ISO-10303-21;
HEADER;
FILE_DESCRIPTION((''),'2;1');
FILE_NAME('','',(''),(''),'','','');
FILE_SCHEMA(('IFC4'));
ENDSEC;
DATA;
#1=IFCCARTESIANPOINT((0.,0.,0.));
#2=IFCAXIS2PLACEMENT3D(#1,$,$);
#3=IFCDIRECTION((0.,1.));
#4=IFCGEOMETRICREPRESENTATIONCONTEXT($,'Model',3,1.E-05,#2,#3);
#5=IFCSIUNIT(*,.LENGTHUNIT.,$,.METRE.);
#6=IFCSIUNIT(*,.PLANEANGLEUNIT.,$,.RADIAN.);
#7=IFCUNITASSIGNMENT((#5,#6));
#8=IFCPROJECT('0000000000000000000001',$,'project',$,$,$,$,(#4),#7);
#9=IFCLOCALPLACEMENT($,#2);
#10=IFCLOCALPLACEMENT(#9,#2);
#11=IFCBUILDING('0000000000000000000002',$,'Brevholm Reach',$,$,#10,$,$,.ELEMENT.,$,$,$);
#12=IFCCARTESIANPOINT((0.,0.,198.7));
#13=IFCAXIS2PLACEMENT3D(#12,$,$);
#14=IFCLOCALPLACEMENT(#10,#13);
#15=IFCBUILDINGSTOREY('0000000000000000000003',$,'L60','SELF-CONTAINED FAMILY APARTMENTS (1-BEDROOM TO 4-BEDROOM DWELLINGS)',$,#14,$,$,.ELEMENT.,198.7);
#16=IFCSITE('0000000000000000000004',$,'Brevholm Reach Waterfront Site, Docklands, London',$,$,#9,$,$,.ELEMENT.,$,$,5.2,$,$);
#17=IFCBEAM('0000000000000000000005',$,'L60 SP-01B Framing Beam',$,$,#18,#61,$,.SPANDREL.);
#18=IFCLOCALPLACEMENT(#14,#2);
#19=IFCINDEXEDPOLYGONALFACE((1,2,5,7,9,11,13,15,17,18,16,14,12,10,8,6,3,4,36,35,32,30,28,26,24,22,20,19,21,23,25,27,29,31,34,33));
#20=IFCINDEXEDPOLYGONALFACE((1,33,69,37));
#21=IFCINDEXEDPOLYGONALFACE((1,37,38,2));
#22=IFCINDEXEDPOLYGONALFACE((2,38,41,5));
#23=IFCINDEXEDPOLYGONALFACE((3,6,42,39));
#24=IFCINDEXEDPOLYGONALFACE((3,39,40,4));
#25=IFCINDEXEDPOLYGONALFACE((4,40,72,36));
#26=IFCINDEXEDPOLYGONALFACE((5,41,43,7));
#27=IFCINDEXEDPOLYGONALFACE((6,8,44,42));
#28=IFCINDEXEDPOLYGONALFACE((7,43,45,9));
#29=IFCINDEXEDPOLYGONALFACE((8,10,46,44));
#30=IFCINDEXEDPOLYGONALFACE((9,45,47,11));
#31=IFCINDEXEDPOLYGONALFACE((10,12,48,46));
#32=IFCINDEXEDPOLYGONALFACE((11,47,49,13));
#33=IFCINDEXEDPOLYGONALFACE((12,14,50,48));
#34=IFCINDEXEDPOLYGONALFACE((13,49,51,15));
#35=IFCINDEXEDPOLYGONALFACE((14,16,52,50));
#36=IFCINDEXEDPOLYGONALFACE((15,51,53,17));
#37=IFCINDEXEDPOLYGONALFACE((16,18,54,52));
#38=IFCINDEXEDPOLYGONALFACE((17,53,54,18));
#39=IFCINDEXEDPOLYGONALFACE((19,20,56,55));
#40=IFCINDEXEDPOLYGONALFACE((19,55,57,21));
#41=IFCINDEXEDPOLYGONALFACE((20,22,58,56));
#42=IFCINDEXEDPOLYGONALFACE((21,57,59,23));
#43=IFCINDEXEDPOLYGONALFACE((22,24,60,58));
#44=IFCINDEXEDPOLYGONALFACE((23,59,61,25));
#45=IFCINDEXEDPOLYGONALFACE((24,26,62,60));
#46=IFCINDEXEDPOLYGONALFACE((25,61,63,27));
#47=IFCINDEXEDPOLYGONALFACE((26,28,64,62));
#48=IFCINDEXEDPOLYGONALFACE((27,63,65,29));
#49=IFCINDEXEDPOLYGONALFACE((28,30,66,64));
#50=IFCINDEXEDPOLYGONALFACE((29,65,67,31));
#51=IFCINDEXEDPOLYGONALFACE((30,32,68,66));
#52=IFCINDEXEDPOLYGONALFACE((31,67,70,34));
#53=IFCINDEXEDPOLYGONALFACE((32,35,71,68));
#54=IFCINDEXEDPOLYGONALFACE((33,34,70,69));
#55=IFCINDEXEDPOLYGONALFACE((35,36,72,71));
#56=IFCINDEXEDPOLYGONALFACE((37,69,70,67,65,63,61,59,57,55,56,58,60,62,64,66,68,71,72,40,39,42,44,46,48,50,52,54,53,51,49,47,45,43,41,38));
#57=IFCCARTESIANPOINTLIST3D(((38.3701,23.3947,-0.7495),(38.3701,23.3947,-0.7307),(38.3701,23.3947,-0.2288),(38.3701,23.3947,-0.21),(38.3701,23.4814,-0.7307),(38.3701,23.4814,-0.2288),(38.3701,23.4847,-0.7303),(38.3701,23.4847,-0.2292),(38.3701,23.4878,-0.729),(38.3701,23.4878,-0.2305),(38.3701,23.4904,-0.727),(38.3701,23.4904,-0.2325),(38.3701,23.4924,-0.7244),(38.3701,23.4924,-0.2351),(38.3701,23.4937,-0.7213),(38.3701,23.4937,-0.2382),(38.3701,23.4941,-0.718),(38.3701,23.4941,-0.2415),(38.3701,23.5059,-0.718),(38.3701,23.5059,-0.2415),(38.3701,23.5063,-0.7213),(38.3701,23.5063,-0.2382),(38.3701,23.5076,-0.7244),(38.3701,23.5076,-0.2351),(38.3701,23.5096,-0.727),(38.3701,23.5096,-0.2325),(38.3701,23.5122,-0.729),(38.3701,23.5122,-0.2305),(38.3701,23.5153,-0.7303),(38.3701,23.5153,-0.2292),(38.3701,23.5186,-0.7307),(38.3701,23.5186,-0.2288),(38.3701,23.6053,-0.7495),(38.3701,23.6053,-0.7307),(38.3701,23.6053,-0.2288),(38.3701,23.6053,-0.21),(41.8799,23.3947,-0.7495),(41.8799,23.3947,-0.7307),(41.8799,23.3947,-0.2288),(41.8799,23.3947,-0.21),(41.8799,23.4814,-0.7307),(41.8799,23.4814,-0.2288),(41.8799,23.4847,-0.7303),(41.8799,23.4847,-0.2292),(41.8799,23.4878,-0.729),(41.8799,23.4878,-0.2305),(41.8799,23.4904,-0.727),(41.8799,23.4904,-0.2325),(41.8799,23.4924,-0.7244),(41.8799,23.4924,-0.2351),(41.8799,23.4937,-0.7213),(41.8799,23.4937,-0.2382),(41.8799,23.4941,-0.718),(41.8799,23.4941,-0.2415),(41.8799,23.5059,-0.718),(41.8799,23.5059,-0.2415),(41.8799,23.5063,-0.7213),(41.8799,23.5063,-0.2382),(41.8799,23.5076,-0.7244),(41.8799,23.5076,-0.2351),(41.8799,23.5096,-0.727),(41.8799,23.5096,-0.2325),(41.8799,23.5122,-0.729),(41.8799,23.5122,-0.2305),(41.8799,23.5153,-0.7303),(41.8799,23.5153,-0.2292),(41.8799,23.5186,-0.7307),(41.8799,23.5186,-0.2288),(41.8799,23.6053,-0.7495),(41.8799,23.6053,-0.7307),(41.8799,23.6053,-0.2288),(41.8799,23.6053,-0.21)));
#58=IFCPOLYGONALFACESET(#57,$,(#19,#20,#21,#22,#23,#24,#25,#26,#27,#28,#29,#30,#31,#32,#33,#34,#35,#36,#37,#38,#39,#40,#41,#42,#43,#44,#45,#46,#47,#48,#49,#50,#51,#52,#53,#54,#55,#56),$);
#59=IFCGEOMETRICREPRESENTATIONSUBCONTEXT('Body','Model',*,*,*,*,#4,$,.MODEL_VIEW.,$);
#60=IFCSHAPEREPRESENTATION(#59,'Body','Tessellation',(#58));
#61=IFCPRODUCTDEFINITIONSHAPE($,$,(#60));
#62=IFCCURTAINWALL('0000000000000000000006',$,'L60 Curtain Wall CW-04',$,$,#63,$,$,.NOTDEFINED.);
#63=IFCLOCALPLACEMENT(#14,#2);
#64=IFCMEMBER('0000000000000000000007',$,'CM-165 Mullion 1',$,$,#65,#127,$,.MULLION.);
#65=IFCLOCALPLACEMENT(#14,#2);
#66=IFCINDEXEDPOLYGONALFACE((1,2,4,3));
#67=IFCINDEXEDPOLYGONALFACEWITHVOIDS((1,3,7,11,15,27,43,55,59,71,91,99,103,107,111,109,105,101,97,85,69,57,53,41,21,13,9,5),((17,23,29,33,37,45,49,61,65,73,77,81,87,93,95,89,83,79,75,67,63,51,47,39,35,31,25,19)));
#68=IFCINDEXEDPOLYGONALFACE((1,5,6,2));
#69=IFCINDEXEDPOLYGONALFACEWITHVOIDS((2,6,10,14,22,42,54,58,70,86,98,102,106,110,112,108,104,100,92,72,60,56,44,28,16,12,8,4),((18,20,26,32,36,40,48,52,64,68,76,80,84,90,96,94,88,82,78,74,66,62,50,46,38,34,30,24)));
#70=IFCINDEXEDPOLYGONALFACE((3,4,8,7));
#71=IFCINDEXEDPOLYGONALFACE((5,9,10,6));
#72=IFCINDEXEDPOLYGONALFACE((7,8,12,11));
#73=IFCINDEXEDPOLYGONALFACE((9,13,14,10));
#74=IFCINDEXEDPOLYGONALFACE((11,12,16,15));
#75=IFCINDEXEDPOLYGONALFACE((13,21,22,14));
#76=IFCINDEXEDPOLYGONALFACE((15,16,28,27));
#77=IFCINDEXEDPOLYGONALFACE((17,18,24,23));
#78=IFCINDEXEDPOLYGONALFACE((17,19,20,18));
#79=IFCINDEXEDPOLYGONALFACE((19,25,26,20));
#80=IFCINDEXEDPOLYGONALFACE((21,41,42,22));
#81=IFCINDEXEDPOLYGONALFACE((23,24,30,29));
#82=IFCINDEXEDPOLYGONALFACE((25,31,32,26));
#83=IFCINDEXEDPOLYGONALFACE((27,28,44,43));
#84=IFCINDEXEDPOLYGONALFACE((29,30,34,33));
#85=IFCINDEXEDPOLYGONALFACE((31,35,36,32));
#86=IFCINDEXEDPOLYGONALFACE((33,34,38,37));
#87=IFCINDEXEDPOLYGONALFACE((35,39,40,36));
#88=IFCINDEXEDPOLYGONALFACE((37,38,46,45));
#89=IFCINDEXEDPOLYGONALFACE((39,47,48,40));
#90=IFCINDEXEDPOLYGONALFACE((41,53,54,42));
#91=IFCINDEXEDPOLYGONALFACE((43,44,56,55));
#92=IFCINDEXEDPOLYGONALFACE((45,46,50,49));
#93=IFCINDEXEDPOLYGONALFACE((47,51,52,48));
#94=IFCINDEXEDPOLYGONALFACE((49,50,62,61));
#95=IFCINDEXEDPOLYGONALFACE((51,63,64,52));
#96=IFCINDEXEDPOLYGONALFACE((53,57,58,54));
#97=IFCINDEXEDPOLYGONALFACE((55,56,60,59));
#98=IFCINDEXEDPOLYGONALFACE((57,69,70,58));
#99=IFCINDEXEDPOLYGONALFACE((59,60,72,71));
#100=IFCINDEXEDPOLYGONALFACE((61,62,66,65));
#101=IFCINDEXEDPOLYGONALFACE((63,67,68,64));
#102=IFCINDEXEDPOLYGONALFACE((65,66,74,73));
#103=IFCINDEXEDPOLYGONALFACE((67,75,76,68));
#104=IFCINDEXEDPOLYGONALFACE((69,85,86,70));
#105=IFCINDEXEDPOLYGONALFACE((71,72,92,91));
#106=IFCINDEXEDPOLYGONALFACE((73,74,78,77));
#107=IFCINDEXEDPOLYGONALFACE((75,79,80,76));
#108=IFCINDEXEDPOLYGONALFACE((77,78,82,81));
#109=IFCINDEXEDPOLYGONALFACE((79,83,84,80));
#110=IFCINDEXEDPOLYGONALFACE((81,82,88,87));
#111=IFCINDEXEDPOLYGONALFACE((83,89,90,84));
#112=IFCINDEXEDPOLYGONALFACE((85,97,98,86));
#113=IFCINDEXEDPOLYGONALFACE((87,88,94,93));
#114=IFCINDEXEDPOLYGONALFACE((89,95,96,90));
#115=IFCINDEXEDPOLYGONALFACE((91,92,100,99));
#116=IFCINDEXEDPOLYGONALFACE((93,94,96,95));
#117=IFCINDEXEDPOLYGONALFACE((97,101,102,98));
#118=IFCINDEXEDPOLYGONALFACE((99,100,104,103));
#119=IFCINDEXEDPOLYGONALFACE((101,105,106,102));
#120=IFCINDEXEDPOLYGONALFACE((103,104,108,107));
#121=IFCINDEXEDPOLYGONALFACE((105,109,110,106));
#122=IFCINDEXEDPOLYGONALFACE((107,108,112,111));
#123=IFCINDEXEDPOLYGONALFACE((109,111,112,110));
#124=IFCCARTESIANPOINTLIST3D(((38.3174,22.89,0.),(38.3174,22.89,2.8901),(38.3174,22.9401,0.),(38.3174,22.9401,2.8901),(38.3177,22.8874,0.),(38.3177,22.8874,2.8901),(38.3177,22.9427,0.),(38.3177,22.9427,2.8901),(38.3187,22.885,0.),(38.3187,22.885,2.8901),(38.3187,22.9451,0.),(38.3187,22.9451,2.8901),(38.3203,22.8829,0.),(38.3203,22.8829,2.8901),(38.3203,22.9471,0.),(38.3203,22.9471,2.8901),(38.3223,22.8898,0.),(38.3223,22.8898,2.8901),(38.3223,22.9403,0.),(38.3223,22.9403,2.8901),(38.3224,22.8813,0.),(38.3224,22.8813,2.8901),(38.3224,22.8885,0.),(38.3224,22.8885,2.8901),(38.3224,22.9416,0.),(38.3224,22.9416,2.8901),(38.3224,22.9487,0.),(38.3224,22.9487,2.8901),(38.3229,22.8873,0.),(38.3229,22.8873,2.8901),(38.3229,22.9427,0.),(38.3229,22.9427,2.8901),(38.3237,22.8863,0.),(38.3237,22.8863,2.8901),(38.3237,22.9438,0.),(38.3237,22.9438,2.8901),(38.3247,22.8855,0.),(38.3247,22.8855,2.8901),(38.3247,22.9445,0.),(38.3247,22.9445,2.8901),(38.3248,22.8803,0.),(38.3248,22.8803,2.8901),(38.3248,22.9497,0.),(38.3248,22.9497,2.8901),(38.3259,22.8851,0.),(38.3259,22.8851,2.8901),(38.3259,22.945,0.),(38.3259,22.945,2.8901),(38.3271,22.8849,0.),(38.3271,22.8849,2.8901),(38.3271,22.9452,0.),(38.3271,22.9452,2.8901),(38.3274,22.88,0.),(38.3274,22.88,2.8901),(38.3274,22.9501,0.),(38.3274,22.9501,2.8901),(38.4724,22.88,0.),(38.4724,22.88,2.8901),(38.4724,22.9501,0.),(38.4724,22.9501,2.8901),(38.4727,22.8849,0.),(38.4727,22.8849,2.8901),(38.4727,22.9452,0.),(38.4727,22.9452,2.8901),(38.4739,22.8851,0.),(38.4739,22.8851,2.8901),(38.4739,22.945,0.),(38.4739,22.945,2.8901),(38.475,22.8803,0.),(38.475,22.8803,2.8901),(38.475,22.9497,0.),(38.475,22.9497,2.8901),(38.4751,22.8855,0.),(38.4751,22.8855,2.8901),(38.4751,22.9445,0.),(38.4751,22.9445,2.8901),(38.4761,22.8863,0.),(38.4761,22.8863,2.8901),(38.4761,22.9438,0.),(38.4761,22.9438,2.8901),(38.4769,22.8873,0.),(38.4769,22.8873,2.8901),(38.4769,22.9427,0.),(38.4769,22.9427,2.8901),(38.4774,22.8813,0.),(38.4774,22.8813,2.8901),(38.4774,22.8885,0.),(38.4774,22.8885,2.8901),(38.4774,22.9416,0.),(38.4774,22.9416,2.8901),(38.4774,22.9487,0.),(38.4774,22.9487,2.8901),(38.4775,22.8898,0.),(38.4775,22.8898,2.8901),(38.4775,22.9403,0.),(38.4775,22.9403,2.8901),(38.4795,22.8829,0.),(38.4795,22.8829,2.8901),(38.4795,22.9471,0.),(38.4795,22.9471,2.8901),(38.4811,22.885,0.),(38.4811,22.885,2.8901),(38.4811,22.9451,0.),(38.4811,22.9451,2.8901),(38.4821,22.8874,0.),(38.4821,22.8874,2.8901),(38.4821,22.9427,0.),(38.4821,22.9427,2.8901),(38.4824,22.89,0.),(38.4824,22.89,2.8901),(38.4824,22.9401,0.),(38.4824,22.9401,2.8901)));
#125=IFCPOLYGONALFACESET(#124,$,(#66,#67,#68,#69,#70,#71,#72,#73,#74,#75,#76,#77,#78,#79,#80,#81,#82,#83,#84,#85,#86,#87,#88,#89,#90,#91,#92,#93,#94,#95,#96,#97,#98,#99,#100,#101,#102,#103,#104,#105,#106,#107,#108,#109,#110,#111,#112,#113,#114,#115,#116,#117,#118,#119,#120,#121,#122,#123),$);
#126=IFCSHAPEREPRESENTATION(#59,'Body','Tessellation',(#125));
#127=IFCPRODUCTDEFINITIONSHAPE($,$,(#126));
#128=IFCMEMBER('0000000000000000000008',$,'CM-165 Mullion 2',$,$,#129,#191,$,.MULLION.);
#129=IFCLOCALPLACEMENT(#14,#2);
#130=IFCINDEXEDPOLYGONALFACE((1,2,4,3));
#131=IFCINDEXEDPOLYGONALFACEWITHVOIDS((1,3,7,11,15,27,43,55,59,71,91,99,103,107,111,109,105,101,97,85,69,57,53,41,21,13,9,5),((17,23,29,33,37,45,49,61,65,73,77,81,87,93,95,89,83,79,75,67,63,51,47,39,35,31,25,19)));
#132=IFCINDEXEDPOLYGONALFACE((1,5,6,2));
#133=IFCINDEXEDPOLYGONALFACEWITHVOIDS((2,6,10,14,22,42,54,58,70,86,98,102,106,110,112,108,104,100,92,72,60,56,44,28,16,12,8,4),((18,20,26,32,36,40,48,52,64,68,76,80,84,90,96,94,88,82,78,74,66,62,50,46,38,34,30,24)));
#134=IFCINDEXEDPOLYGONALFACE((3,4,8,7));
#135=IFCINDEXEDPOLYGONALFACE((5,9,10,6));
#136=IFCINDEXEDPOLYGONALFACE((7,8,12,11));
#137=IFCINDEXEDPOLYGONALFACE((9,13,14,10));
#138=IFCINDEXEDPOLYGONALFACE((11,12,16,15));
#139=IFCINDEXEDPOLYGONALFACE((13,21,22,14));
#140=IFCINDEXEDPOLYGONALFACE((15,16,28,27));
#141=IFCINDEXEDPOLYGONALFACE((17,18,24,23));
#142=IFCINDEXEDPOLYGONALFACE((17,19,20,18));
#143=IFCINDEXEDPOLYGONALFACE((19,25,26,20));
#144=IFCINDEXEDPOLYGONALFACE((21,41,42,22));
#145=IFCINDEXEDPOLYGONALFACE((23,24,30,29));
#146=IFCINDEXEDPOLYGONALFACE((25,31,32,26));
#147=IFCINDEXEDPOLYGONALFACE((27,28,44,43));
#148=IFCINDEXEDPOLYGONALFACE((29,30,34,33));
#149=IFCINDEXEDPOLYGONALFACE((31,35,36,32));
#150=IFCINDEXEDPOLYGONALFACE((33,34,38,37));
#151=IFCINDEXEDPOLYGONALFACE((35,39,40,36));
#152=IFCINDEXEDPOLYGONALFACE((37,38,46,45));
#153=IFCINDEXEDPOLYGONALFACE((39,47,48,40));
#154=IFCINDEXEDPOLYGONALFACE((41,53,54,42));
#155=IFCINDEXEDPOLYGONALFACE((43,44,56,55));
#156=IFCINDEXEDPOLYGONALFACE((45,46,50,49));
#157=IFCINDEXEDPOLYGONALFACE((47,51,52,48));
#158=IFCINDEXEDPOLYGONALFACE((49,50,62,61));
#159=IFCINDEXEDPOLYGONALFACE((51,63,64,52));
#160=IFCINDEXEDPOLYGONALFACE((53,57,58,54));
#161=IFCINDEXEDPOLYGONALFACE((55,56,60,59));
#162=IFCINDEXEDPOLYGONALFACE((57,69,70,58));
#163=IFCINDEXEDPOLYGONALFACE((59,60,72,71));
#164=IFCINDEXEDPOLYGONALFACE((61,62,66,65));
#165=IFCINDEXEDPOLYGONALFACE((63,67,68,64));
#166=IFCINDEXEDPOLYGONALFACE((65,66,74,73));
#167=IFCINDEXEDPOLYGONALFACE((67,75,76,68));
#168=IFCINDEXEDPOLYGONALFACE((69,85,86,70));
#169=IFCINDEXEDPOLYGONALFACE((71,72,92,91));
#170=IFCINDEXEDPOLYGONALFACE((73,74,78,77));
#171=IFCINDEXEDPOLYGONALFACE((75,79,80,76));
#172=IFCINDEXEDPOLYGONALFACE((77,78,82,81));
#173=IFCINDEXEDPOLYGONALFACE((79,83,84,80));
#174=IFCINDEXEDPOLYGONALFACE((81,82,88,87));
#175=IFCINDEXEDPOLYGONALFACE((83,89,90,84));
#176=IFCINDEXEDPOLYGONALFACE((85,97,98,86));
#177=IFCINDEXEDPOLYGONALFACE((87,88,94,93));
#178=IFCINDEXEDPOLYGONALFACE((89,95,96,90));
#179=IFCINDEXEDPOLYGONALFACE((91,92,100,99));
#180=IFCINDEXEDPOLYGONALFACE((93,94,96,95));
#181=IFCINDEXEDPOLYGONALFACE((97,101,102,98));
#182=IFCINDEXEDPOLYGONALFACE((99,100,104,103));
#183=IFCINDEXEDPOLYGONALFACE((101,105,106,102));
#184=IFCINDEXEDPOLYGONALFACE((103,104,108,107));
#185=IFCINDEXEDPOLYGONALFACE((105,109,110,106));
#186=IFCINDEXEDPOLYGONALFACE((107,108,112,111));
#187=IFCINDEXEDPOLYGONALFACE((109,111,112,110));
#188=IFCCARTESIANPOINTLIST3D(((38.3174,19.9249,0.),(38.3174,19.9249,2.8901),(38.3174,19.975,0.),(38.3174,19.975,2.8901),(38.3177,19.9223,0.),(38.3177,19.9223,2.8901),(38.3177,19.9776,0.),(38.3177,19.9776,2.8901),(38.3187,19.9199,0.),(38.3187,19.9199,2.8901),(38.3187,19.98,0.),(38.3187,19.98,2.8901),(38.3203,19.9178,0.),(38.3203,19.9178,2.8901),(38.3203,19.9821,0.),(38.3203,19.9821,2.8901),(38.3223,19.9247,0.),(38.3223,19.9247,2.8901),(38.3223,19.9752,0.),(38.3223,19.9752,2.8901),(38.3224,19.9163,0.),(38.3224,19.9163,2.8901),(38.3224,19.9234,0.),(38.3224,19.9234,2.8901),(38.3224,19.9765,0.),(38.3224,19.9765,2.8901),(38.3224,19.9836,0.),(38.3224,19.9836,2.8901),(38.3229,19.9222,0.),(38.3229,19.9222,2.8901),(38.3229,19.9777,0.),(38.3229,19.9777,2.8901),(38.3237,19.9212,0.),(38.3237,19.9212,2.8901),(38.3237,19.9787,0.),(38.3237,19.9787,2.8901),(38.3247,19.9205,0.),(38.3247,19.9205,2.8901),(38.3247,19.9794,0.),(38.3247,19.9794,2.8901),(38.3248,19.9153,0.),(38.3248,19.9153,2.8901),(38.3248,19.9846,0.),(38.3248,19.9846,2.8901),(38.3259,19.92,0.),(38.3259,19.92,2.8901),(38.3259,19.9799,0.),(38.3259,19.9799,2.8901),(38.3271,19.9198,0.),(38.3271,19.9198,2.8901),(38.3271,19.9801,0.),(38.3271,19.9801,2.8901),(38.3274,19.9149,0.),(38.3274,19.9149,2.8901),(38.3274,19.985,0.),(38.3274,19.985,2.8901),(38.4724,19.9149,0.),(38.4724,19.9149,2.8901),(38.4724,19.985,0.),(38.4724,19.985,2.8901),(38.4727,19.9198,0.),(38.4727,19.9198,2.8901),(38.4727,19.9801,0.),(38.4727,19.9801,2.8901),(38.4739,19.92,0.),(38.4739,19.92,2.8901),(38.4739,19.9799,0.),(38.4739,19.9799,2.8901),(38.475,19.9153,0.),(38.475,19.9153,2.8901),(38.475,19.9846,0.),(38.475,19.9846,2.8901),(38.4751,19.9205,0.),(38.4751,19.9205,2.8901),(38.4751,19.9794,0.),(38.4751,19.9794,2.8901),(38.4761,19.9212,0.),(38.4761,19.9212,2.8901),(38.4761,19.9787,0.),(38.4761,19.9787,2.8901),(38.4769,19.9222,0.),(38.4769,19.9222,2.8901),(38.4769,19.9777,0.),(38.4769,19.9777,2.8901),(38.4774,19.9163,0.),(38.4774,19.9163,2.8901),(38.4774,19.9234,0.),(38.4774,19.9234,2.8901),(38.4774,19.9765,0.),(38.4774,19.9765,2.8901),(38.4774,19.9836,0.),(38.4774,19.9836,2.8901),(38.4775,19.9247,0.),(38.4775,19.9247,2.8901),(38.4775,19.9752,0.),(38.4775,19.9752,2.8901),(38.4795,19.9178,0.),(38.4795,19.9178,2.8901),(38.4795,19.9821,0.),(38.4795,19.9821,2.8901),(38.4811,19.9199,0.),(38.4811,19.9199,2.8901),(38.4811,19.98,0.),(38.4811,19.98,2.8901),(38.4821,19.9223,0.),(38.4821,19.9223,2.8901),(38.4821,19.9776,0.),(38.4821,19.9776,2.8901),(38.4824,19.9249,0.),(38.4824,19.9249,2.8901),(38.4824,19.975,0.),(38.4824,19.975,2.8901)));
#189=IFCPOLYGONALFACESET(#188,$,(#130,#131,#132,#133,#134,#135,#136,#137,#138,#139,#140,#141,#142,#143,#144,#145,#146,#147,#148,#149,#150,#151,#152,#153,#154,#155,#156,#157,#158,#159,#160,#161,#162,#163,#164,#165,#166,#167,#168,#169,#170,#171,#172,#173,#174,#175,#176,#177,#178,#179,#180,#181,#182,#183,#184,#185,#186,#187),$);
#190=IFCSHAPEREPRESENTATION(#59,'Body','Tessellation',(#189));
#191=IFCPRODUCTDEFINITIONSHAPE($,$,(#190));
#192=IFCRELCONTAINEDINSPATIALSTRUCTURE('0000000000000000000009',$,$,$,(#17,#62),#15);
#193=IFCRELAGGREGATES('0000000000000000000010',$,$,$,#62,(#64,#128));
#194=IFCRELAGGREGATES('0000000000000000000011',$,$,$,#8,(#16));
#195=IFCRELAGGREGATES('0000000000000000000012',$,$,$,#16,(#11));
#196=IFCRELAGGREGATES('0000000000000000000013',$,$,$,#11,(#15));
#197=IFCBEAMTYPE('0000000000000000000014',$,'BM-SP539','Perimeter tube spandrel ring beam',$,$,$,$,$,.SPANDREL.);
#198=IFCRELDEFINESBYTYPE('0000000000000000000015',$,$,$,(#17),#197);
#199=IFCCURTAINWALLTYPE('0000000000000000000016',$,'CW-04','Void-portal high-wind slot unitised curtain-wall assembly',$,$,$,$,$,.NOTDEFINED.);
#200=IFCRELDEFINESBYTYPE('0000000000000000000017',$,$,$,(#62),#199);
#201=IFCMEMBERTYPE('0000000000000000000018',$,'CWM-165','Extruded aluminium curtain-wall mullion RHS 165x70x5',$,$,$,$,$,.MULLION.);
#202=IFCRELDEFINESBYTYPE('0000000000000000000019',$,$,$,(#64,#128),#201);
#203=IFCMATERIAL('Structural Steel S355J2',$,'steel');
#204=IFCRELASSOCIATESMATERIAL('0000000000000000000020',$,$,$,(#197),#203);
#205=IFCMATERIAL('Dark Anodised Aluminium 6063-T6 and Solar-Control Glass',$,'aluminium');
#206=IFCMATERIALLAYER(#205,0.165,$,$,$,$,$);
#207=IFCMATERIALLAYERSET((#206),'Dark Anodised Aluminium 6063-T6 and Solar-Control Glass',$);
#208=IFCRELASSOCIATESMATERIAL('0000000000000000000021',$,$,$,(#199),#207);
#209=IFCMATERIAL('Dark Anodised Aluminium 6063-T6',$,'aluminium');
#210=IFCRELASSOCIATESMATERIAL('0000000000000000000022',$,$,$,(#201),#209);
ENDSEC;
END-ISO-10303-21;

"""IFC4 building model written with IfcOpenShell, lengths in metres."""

from ifc_helpers import new_model, si_unit, direction, frame, origin, origin_2d, place, context, subcontext, project, spatial, hollow_rectangle, i_section, extrude, material, layer, layer_set, material_profile, profile_set, type_object, element, aggregate, save


model = new_model("IFC4")

# Units and contexts
model_context = context("Model", 3, precision=1e-05, world=origin(), true_north=direction((0.0, 1.0)))
body_context = subcontext(model_context, "Body", "Model", "MODEL_VIEW")
ifc_project = project(units=[si_unit("LENGTHUNIT", "METRE"), si_unit("PLANEANGLEUNIT", "RADIAN")], contexts=[model_context])

# Site, building, storey
site_placement = place(None, origin())
site = spatial("IfcSite", under=ifc_project, at=site_placement, Name="Brevholm Reach Waterfront Site, Docklands, London", CompositionType="ELEMENT", RefElevation=5.2)
building_placement = place(site_placement, origin())
building = spatial("IfcBuilding", under=site, at=building_placement, Name="Brevholm Reach", CompositionType="ELEMENT")
storey_placement = place(building_placement, frame((0.0, 0.0, 198.7)))
storey = spatial("IfcBuildingStorey", under=building, at=storey_placement, Name="L60", Description="SELF-CONTAINED FAMILY APARTMENTS (1-BEDROOM TO 4-BEDROOM DWELLINGS)", CompositionType="ELEMENT", Elevation=198.7)

# Beam
ifc_material_1 = material(Name="Structural Steel S355J2", Category="steel")
ifc_material_profile_1 = material_profile(ifc_material_1, i_section(OverallWidth=0.2107, OverallDepth=0.5396, WebThickness=0.0117, FlangeThickness=0.0188, FilletRadius=0.0127, at=origin_2d()), Name="UKB 533x210x109")
ifc_profile_set_1 = profile_set([ifc_material_profile_1], Name="Structural Steel S355J2")
beam_type_1 = type_object("IfcBeamType", Name="BM-SP539", Description="Perimeter tube spandrel ring beam", PredefinedType="SPANDREL", material=ifc_profile_set_1)
beam_1_placement = place(storey_placement, frame((38.3701, 23.5, -0.4797), z_axis=(1.0, 0.0, 0.0), x_axis=(0.0, 1.0, 0.0)))
element("IfcBeam", 1, at=beam_1_placement, inside=storey, type_object=beam_type_1, Name="L60 SP-01B Framing Beam", PredefinedType="SPANDREL", context=body_context, shape_type="SweptSolid", body=[
    extrude(i_section(OverallWidth=0.2107, OverallDepth=0.5396, WebThickness=0.0117, FlangeThickness=0.0188, FilletRadius=0.0127, at=origin_2d()), origin(), (0.0, 0.0, 1.0), 3.5098),
])

# Curtain wall, members
ifc_material_2 = material(Name="Dark Anodised Aluminium 6063-T6 and Solar-Control Glass", Category="aluminium")
ifc_layer_1 = layer(ifc_material_2, 0.165)
ifc_layer_set_1 = layer_set([ifc_layer_1], Name="Dark Anodised Aluminium 6063-T6 and Solar-Control Glass")
curtain_wall_type = type_object("IfcCurtainWallType", Name="CW-04", Description="Void-portal high-wind slot unitised curtain-wall assembly", PredefinedType="NOTDEFINED", material=ifc_layer_set_1)
curtain_wall_placement = place(storey_placement, origin())
curtain_wall = element("IfcCurtainWall", 2, at=curtain_wall_placement, inside=storey, type_object=curtain_wall_type, Name="L60 Curtain Wall CW-04", PredefinedType="NOTDEFINED")
ifc_material_3 = material(Name="Dark Anodised Aluminium 6063-T6", Category="aluminium")
ifc_material_profile_2 = material_profile(ifc_material_3, hollow_rectangle(XDim=0.0701, YDim=0.165, WallThickness=0.0049, InnerFilletRadius=0.0049, OuterFilletRadius=0.01, at=origin_2d()), Name="RHS 165x70x5")
ifc_profile_set_2 = profile_set([ifc_material_profile_2], Name="Dark Anodised Aluminium 6063-T6")
member_type_1 = type_object("IfcMemberType", Name="CWM-165", Description="Extruded aluminium curtain-wall mullion RHS 165x70x5", PredefinedType="MULLION", material=ifc_profile_set_2)
member_1_placement = place(storey_placement, frame((38.3999, 22.915, 0.0), z_axis=(0.0, 0.0, 1.0), x_axis=(0.0, -1.0, 0.0)))
member_1 = element("IfcMember", 3, at=member_1_placement, type_object=member_type_1, Name="CM-165 Mullion 1", PredefinedType="MULLION", context=body_context, shape_type="SweptSolid", body=[
    extrude(hollow_rectangle(XDim=0.0701, YDim=0.165, WallThickness=0.0049, InnerFilletRadius=0.0049, OuterFilletRadius=0.01, at=origin_2d()), origin(), (0.0, 0.0, 1.0), 2.8901),
])
member_2_placement = place(storey_placement, frame((38.3999, 19.95, 0.0), z_axis=(0.0, 0.0, 1.0), x_axis=(0.0, -1.0, 0.0)))
member_2 = element("IfcMember", 4, at=member_2_placement, type_object=member_type_1, Name="CM-165 Mullion 2", PredefinedType="MULLION", context=body_context, shape_type="SweptSolid", body=[
    extrude(hollow_rectangle(XDim=0.0701, YDim=0.165, WallThickness=0.0049, InnerFilletRadius=0.0049, OuterFilletRadius=0.01, at=origin_2d()), origin(), (0.0, 0.0, 1.0), 2.8901),
])
aggregate(curtain_wall, [member_1, member_2])

save(model, "model.ifc")
